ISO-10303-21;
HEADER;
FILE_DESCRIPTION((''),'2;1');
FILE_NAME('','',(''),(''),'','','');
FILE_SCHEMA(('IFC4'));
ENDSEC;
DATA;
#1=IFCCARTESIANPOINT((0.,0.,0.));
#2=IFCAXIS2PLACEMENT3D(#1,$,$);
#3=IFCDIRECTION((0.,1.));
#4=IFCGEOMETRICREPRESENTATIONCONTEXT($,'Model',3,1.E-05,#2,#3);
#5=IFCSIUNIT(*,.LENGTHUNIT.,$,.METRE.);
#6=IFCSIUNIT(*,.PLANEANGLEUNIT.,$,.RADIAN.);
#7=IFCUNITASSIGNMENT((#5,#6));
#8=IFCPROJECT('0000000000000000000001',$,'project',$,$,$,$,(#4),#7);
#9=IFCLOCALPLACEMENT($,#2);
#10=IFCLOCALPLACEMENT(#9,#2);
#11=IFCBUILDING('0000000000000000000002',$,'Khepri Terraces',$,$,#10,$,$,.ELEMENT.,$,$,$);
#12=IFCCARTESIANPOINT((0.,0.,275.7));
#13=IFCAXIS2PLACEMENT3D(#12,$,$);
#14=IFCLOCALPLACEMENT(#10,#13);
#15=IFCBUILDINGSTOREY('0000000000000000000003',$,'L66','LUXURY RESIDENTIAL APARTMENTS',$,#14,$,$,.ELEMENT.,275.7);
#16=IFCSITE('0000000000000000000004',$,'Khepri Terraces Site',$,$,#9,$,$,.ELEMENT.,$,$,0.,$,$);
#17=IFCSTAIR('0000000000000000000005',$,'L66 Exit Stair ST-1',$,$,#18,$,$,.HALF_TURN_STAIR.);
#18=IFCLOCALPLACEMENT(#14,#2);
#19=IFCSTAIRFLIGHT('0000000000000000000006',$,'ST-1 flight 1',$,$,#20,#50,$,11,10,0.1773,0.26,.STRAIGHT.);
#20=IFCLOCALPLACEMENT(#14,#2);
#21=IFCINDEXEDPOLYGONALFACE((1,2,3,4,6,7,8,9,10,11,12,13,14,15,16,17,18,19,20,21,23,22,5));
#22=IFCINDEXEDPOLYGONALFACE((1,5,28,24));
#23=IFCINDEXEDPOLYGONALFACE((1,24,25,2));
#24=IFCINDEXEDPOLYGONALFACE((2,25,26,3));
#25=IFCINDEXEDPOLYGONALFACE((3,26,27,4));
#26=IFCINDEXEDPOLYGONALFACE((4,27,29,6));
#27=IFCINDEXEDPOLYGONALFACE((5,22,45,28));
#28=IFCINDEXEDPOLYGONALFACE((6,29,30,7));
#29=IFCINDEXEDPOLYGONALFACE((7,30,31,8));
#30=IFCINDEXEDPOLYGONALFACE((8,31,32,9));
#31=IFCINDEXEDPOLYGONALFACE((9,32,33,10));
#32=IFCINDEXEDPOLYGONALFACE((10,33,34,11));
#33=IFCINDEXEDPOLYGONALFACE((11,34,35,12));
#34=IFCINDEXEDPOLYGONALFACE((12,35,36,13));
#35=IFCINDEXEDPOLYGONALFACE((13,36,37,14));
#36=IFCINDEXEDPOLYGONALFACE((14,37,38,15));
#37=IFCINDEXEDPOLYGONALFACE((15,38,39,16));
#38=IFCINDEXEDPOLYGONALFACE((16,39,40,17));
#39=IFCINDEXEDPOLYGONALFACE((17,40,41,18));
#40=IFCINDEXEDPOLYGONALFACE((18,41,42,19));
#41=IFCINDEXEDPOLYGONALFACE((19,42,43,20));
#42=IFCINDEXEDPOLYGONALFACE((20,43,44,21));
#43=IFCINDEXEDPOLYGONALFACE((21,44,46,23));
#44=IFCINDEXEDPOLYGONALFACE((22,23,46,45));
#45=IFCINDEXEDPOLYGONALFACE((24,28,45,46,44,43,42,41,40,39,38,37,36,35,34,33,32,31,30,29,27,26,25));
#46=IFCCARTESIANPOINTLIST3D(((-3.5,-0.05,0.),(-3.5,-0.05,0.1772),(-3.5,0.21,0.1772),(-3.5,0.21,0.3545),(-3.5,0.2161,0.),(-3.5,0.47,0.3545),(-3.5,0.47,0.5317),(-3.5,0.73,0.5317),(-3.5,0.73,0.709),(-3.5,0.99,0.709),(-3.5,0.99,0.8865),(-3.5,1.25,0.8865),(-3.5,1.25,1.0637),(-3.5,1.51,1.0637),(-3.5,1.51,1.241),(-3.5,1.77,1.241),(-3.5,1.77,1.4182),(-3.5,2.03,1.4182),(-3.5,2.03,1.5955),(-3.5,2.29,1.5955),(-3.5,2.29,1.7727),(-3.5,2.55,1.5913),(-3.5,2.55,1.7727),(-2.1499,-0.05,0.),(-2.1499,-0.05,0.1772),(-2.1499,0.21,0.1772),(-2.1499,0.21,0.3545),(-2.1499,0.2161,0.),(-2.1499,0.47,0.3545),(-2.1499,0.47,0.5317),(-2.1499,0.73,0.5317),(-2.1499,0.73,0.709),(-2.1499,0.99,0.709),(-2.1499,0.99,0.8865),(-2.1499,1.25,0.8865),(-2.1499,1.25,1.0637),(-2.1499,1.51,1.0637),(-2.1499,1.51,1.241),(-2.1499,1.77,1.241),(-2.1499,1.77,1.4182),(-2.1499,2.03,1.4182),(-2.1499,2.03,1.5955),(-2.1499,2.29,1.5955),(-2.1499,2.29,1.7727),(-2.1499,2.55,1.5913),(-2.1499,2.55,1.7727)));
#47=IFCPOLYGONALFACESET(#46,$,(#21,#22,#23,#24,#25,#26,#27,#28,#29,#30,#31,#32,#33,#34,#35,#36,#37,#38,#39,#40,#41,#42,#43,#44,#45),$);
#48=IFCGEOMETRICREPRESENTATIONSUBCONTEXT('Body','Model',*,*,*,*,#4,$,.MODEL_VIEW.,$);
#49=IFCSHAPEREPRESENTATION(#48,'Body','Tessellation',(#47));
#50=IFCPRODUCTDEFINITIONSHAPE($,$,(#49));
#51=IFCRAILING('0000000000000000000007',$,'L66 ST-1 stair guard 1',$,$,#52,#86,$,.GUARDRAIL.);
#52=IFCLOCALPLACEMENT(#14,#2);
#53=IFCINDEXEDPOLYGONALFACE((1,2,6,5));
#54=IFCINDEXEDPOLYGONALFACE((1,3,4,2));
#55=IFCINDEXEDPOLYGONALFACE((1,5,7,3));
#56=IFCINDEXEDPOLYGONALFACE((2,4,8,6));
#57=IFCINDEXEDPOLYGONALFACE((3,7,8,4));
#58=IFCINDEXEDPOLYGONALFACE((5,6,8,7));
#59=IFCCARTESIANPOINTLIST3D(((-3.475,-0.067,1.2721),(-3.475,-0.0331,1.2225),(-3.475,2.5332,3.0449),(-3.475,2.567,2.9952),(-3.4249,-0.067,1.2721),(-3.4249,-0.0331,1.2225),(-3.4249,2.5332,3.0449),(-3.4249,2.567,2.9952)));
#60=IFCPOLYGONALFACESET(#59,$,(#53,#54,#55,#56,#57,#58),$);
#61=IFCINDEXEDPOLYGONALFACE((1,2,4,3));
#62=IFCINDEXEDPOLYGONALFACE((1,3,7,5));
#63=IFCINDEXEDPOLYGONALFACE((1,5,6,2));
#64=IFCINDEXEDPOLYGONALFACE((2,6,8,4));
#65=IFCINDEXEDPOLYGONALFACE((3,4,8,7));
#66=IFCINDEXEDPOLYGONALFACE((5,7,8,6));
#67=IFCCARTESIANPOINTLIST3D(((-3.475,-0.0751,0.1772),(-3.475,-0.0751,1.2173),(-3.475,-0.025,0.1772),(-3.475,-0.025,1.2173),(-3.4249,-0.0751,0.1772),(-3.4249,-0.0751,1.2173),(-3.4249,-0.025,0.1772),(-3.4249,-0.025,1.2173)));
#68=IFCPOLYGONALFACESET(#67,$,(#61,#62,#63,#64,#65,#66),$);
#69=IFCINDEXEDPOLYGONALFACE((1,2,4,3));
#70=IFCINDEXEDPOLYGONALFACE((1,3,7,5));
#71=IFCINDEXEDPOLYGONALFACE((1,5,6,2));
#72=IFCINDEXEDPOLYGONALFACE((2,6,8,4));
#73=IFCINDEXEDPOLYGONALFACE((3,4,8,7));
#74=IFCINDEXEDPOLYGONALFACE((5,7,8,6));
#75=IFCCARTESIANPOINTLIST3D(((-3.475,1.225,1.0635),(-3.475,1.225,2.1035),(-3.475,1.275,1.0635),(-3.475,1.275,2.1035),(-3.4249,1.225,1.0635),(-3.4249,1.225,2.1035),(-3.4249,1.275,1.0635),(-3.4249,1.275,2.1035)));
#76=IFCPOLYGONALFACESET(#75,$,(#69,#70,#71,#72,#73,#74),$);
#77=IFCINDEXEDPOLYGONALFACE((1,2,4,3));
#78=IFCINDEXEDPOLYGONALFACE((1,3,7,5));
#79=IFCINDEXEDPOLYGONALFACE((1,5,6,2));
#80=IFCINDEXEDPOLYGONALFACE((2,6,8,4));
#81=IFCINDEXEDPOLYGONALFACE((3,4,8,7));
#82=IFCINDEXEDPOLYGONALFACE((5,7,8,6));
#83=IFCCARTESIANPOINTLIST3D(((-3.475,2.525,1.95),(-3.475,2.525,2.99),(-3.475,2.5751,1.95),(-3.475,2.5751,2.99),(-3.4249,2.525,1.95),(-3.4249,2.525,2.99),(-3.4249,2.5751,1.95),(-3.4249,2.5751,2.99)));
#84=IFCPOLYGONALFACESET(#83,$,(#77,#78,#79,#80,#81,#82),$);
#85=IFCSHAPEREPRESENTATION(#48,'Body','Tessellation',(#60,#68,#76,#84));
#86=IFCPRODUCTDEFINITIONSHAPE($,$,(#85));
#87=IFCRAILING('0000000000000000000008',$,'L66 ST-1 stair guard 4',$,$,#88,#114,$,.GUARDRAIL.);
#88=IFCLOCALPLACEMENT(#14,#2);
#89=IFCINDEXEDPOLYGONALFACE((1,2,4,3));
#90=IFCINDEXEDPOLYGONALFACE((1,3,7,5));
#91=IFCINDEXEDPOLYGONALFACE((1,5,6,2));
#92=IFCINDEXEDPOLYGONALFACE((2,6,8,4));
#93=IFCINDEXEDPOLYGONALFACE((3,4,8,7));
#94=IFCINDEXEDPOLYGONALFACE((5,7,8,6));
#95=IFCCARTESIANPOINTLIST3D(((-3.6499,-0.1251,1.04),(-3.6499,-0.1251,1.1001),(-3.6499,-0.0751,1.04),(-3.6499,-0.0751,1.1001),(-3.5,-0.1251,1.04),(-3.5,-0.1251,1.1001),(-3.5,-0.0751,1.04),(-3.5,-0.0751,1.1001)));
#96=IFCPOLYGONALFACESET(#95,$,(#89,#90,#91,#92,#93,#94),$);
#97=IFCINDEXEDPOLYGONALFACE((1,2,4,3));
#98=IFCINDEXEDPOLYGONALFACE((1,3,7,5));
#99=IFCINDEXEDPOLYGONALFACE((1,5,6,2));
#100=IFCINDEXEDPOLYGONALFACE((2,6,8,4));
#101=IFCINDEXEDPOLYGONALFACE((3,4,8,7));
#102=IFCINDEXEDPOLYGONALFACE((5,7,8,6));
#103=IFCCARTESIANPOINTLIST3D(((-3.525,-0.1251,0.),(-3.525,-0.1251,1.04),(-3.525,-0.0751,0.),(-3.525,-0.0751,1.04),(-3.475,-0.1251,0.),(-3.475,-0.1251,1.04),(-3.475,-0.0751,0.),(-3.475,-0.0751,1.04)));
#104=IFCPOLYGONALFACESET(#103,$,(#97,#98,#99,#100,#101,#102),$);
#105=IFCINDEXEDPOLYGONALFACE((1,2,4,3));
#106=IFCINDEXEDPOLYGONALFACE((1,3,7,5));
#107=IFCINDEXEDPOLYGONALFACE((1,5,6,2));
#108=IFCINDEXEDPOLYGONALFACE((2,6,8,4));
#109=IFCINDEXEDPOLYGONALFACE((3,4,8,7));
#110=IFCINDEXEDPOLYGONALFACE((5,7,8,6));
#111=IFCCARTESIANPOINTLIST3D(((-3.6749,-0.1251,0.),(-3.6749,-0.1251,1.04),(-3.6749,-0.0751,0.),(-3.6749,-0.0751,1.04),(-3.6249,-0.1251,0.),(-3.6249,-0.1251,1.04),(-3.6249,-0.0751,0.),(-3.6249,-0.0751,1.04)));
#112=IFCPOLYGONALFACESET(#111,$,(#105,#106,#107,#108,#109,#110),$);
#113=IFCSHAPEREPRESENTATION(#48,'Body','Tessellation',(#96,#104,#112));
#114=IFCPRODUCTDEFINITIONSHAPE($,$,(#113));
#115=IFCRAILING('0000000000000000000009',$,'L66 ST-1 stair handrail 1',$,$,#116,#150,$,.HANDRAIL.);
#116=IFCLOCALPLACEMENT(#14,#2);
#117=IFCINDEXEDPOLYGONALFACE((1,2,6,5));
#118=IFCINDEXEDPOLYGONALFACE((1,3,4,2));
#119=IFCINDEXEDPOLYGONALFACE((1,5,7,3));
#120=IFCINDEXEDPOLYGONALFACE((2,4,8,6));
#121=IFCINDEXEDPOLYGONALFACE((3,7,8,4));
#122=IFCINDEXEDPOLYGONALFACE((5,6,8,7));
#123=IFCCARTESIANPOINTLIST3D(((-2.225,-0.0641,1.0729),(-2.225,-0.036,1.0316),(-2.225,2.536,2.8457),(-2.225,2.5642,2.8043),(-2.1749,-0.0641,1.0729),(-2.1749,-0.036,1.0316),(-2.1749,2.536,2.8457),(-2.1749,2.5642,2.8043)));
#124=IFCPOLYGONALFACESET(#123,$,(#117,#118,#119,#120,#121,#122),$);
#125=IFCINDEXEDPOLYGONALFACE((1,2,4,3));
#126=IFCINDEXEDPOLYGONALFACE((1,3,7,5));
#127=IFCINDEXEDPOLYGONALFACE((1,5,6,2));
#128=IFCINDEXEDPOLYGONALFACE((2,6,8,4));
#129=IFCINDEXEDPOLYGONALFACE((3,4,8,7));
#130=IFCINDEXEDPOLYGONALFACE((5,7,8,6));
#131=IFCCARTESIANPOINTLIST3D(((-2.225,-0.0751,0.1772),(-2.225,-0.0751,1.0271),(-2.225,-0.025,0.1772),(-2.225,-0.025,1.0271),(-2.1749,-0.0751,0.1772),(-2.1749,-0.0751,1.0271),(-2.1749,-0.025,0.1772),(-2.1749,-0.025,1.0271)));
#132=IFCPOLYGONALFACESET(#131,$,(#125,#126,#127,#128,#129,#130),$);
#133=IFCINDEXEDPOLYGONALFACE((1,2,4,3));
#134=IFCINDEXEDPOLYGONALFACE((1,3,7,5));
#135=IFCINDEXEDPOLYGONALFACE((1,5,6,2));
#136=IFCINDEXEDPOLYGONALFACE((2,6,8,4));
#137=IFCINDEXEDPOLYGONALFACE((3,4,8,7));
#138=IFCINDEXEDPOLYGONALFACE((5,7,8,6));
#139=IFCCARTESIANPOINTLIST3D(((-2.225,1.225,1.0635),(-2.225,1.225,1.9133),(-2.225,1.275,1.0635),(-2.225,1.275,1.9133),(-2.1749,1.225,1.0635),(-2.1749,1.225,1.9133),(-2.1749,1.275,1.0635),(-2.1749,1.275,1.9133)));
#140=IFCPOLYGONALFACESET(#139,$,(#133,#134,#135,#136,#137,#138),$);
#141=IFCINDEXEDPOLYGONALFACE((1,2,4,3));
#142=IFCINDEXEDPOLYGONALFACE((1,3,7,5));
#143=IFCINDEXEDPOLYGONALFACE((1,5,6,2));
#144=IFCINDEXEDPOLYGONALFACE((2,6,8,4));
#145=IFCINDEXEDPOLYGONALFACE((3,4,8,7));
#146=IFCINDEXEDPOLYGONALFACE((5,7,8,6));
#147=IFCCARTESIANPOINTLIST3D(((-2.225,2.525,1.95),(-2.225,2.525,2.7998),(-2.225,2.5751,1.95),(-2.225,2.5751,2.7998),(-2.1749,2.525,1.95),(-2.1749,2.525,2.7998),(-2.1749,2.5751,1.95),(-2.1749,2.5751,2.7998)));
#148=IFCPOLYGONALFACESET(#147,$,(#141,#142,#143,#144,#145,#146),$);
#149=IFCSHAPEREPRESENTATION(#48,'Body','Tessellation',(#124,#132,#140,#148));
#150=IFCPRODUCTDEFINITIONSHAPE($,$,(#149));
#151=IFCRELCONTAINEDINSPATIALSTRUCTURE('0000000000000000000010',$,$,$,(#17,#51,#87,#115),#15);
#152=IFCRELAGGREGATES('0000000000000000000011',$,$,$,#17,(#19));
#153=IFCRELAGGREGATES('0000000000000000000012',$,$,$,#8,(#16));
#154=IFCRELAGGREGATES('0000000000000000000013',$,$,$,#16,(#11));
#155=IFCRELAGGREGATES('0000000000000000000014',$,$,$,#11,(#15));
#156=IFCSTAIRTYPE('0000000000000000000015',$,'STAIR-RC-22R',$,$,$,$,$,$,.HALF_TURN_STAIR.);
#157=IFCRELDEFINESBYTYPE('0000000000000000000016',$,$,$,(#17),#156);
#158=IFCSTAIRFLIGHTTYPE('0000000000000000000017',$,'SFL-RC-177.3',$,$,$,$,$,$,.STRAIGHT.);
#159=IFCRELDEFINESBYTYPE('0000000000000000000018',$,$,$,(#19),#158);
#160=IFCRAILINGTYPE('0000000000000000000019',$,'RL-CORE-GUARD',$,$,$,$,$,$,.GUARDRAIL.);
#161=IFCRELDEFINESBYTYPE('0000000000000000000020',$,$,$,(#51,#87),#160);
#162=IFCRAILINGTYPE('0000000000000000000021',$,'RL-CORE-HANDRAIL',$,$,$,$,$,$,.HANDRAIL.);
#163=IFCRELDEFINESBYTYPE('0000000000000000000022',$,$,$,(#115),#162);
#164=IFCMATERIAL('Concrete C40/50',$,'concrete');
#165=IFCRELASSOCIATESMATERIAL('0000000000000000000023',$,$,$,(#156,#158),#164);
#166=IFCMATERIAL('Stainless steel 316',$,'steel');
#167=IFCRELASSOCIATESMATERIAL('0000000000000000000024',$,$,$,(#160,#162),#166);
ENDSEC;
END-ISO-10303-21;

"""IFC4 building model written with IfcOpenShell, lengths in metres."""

from ifc_helpers import new_model, si_unit, direction, frame, origin, origin_2d, place, context, subcontext, project, spatial, polyline, rectangle, outline, extrude, material, type_object, element, aggregate, save


model = new_model("IFC4")

# Units and contexts
model_context = context("Model", 3, precision=1e-05, world=origin(), true_north=direction((0.0, 1.0)))
body_context = subcontext(model_context, "Body", "Model", "MODEL_VIEW")
ifc_project = project(units=[si_unit("LENGTHUNIT", "METRE"), si_unit("PLANEANGLEUNIT", "RADIAN")], contexts=[model_context])

# Site, building, storey
site_placement = place(None, origin())
site = spatial("IfcSite", under=ifc_project, at=site_placement, Name="Khepri Terraces Site", CompositionType="ELEMENT", RefElevation=0.0)
building_placement = place(site_placement, origin())
building = spatial("IfcBuilding", under=site, at=building_placement, Name="Khepri Terraces", CompositionType="ELEMENT")
storey_placement = place(building_placement, frame((0.0, 0.0, 275.7)))
storey = spatial("IfcBuildingStorey", under=building, at=storey_placement, Name="L66", Description="LUXURY RESIDENTIAL APARTMENTS", CompositionType="ELEMENT", Elevation=275.7)

# Shared definitions
ifc_material_1 = material(Name="Concrete C40/50", Category="concrete")

# Stair, stair flight
stair_type = type_object("IfcStairType", Name="STAIR-RC-22R", PredefinedType="HALF_TURN_STAIR", material=ifc_material_1)
stair_placement = place(storey_placement, origin())
stair = element("IfcStair", 1, at=stair_placement, inside=storey, type_object=stair_type, Name="L66 Exit Stair ST-1", PredefinedType="HALF_TURN_STAIR")
stair_flight_type = type_object("IfcStairFlightType", Name="SFL-RC-177.3", PredefinedType="STRAIGHT", material=ifc_material_1)
stair_flight_placement = place(storey_placement, frame((-2.825, -0.05, 0.0), z_axis=(0.0, 0.0, 1.0), x_axis=(0.0, 1.0, 0.0)))
stair_flight = element("IfcStairFlight", 2, at=stair_flight_placement, type_object=stair_flight_type, Name="ST-1 flight 1", NumberOfRisers=11, NumberOfTreads=10, PredefinedType="STRAIGHT", RiserHeight=0.1773, TreadLength=0.26, context=body_context, shape_type="SweptSolid", body=[
    extrude(outline(polyline([(0.0, 0.0), (0.0, 0.1772), (0.26, 0.1772), (0.26, 0.3545), (0.52, 0.3545), (0.52, 0.5317), (0.78, 0.5317), (0.78, 0.709), (1.04, 0.709), (1.04, 0.8865), (1.3, 0.8865), (1.3, 1.0637), (1.5601, 1.0637), (1.5601, 1.241), (1.8201, 1.241), (1.8201, 1.4182), (2.0801, 1.4182), (2.0801, 1.5955), (2.3401, 1.5955), (2.3401, 1.7727), (2.6001, 1.7727), (2.6001, 1.95), (2.6001, 1.5913), (0.2661, 0.0), (0.0, 0.0)])), frame((0.0, 0.675, 0.0), z_axis=(0.0, -1.0, 0.0), x_axis=(1.0, 0.0, 0.0)), (0.0, 0.0, 1.0), 1.3501),
])
aggregate(stair, [stair_flight])

# Railings
ifc_material_2 = material(Name="Stainless steel 316", Category="steel")
railing_type_1 = type_object("IfcRailingType", Name="RL-CORE-GUARD", PredefinedType="GUARDRAIL", material=ifc_material_2)
railing_1_placement = place(storey_placement, frame((-3.45, -0.05, 0.1772)))
element("IfcRailing", 3, at=railing_1_placement, inside=storey, type_object=railing_type_1, Name="L66 ST-1 stair guard 1", PredefinedType="GUARDRAIL", context=body_context, shape_type="SweptSolid", body=[
    extrude(rectangle(XDim=0.05, YDim=0.0601, at=origin_2d()), frame((0.0, 0.0, 1.0701), z_axis=(0.0, 0.82624, 0.563318), x_axis=(-1.0, 0.0, 0.0)), (0.0, 0.0, 1.0), 3.147),
    extrude(rectangle(XDim=0.05, YDim=0.05, at=origin_2d()), origin(), (0.0, 0.0, 1.0), 1.04),
    extrude(rectangle(XDim=0.05, YDim=0.05, at=origin_2d()), frame((0.0, 1.3, 0.8862)), (0.0, 0.0, 1.0), 1.04),
    extrude(rectangle(XDim=0.05, YDim=0.05, at=origin_2d()), frame((0.0, 2.6001, 1.7727)), (0.0, 0.0, 1.0), 1.04),
])
railing_2_placement = place(storey_placement, frame((-3.5, -0.1001, 0.0)))
element("IfcRailing", 4, at=railing_2_placement, inside=storey, type_object=railing_type_1, Name="L66 ST-1 stair guard 4", PredefinedType="GUARDRAIL", context=body_context, shape_type="SweptSolid", body=[
    extrude(rectangle(XDim=0.05, YDim=0.0601, at=origin_2d()), frame((0.0, 0.0, 1.0701), z_axis=(-1.0, 0.0, 0.0), x_axis=(0.0, -1.0, 0.0)), (0.0, 0.0, 1.0), 0.1499),
    extrude(rectangle(XDim=0.05, YDim=0.05, at=origin_2d()), origin(), (0.0, 0.0, 1.0), 1.04),
    extrude(rectangle(XDim=0.05, YDim=0.05, at=origin_2d()), frame((-0.1499, 0.0, 0.0)), (0.0, 0.0, 1.0), 1.04),
])
railing_type_2 = type_object("IfcRailingType", Name="RL-CORE-HANDRAIL", PredefinedType="HANDRAIL", material=ifc_material_2)
railing_3_placement = place(storey_placement, frame((-2.2, -0.05, 0.1772)))
element("IfcRailing", 5, at=railing_3_placement, inside=storey, type_object=railing_type_2, Name="L66 ST-1 stair handrail 1", PredefinedType="HANDRAIL", context=body_context, shape_type="SweptSolid", body=[
    extrude(rectangle(XDim=0.05, YDim=0.05, at=origin_2d()), frame((0.0, 0.0, 0.875), z_axis=(0.0, 0.82624, 0.563318), x_axis=(-1.0, 0.0, 0.0)), (0.0, 0.0, 1.0), 3.147),
    extrude(rectangle(XDim=0.05, YDim=0.05, at=origin_2d()), origin(), (0.0, 0.0, 1.0), 0.8499),
    extrude(rectangle(XDim=0.05, YDim=0.05, at=origin_2d()), frame((0.0, 1.3, 0.8862)), (0.0, 0.0, 1.0), 0.8499),
    extrude(rectangle(XDim=0.05, YDim=0.05, at=origin_2d()), frame((0.0, 2.6001, 1.7727)), (0.0, 0.0, 1.0), 0.8499),
])

save(model, "model.ifc")
